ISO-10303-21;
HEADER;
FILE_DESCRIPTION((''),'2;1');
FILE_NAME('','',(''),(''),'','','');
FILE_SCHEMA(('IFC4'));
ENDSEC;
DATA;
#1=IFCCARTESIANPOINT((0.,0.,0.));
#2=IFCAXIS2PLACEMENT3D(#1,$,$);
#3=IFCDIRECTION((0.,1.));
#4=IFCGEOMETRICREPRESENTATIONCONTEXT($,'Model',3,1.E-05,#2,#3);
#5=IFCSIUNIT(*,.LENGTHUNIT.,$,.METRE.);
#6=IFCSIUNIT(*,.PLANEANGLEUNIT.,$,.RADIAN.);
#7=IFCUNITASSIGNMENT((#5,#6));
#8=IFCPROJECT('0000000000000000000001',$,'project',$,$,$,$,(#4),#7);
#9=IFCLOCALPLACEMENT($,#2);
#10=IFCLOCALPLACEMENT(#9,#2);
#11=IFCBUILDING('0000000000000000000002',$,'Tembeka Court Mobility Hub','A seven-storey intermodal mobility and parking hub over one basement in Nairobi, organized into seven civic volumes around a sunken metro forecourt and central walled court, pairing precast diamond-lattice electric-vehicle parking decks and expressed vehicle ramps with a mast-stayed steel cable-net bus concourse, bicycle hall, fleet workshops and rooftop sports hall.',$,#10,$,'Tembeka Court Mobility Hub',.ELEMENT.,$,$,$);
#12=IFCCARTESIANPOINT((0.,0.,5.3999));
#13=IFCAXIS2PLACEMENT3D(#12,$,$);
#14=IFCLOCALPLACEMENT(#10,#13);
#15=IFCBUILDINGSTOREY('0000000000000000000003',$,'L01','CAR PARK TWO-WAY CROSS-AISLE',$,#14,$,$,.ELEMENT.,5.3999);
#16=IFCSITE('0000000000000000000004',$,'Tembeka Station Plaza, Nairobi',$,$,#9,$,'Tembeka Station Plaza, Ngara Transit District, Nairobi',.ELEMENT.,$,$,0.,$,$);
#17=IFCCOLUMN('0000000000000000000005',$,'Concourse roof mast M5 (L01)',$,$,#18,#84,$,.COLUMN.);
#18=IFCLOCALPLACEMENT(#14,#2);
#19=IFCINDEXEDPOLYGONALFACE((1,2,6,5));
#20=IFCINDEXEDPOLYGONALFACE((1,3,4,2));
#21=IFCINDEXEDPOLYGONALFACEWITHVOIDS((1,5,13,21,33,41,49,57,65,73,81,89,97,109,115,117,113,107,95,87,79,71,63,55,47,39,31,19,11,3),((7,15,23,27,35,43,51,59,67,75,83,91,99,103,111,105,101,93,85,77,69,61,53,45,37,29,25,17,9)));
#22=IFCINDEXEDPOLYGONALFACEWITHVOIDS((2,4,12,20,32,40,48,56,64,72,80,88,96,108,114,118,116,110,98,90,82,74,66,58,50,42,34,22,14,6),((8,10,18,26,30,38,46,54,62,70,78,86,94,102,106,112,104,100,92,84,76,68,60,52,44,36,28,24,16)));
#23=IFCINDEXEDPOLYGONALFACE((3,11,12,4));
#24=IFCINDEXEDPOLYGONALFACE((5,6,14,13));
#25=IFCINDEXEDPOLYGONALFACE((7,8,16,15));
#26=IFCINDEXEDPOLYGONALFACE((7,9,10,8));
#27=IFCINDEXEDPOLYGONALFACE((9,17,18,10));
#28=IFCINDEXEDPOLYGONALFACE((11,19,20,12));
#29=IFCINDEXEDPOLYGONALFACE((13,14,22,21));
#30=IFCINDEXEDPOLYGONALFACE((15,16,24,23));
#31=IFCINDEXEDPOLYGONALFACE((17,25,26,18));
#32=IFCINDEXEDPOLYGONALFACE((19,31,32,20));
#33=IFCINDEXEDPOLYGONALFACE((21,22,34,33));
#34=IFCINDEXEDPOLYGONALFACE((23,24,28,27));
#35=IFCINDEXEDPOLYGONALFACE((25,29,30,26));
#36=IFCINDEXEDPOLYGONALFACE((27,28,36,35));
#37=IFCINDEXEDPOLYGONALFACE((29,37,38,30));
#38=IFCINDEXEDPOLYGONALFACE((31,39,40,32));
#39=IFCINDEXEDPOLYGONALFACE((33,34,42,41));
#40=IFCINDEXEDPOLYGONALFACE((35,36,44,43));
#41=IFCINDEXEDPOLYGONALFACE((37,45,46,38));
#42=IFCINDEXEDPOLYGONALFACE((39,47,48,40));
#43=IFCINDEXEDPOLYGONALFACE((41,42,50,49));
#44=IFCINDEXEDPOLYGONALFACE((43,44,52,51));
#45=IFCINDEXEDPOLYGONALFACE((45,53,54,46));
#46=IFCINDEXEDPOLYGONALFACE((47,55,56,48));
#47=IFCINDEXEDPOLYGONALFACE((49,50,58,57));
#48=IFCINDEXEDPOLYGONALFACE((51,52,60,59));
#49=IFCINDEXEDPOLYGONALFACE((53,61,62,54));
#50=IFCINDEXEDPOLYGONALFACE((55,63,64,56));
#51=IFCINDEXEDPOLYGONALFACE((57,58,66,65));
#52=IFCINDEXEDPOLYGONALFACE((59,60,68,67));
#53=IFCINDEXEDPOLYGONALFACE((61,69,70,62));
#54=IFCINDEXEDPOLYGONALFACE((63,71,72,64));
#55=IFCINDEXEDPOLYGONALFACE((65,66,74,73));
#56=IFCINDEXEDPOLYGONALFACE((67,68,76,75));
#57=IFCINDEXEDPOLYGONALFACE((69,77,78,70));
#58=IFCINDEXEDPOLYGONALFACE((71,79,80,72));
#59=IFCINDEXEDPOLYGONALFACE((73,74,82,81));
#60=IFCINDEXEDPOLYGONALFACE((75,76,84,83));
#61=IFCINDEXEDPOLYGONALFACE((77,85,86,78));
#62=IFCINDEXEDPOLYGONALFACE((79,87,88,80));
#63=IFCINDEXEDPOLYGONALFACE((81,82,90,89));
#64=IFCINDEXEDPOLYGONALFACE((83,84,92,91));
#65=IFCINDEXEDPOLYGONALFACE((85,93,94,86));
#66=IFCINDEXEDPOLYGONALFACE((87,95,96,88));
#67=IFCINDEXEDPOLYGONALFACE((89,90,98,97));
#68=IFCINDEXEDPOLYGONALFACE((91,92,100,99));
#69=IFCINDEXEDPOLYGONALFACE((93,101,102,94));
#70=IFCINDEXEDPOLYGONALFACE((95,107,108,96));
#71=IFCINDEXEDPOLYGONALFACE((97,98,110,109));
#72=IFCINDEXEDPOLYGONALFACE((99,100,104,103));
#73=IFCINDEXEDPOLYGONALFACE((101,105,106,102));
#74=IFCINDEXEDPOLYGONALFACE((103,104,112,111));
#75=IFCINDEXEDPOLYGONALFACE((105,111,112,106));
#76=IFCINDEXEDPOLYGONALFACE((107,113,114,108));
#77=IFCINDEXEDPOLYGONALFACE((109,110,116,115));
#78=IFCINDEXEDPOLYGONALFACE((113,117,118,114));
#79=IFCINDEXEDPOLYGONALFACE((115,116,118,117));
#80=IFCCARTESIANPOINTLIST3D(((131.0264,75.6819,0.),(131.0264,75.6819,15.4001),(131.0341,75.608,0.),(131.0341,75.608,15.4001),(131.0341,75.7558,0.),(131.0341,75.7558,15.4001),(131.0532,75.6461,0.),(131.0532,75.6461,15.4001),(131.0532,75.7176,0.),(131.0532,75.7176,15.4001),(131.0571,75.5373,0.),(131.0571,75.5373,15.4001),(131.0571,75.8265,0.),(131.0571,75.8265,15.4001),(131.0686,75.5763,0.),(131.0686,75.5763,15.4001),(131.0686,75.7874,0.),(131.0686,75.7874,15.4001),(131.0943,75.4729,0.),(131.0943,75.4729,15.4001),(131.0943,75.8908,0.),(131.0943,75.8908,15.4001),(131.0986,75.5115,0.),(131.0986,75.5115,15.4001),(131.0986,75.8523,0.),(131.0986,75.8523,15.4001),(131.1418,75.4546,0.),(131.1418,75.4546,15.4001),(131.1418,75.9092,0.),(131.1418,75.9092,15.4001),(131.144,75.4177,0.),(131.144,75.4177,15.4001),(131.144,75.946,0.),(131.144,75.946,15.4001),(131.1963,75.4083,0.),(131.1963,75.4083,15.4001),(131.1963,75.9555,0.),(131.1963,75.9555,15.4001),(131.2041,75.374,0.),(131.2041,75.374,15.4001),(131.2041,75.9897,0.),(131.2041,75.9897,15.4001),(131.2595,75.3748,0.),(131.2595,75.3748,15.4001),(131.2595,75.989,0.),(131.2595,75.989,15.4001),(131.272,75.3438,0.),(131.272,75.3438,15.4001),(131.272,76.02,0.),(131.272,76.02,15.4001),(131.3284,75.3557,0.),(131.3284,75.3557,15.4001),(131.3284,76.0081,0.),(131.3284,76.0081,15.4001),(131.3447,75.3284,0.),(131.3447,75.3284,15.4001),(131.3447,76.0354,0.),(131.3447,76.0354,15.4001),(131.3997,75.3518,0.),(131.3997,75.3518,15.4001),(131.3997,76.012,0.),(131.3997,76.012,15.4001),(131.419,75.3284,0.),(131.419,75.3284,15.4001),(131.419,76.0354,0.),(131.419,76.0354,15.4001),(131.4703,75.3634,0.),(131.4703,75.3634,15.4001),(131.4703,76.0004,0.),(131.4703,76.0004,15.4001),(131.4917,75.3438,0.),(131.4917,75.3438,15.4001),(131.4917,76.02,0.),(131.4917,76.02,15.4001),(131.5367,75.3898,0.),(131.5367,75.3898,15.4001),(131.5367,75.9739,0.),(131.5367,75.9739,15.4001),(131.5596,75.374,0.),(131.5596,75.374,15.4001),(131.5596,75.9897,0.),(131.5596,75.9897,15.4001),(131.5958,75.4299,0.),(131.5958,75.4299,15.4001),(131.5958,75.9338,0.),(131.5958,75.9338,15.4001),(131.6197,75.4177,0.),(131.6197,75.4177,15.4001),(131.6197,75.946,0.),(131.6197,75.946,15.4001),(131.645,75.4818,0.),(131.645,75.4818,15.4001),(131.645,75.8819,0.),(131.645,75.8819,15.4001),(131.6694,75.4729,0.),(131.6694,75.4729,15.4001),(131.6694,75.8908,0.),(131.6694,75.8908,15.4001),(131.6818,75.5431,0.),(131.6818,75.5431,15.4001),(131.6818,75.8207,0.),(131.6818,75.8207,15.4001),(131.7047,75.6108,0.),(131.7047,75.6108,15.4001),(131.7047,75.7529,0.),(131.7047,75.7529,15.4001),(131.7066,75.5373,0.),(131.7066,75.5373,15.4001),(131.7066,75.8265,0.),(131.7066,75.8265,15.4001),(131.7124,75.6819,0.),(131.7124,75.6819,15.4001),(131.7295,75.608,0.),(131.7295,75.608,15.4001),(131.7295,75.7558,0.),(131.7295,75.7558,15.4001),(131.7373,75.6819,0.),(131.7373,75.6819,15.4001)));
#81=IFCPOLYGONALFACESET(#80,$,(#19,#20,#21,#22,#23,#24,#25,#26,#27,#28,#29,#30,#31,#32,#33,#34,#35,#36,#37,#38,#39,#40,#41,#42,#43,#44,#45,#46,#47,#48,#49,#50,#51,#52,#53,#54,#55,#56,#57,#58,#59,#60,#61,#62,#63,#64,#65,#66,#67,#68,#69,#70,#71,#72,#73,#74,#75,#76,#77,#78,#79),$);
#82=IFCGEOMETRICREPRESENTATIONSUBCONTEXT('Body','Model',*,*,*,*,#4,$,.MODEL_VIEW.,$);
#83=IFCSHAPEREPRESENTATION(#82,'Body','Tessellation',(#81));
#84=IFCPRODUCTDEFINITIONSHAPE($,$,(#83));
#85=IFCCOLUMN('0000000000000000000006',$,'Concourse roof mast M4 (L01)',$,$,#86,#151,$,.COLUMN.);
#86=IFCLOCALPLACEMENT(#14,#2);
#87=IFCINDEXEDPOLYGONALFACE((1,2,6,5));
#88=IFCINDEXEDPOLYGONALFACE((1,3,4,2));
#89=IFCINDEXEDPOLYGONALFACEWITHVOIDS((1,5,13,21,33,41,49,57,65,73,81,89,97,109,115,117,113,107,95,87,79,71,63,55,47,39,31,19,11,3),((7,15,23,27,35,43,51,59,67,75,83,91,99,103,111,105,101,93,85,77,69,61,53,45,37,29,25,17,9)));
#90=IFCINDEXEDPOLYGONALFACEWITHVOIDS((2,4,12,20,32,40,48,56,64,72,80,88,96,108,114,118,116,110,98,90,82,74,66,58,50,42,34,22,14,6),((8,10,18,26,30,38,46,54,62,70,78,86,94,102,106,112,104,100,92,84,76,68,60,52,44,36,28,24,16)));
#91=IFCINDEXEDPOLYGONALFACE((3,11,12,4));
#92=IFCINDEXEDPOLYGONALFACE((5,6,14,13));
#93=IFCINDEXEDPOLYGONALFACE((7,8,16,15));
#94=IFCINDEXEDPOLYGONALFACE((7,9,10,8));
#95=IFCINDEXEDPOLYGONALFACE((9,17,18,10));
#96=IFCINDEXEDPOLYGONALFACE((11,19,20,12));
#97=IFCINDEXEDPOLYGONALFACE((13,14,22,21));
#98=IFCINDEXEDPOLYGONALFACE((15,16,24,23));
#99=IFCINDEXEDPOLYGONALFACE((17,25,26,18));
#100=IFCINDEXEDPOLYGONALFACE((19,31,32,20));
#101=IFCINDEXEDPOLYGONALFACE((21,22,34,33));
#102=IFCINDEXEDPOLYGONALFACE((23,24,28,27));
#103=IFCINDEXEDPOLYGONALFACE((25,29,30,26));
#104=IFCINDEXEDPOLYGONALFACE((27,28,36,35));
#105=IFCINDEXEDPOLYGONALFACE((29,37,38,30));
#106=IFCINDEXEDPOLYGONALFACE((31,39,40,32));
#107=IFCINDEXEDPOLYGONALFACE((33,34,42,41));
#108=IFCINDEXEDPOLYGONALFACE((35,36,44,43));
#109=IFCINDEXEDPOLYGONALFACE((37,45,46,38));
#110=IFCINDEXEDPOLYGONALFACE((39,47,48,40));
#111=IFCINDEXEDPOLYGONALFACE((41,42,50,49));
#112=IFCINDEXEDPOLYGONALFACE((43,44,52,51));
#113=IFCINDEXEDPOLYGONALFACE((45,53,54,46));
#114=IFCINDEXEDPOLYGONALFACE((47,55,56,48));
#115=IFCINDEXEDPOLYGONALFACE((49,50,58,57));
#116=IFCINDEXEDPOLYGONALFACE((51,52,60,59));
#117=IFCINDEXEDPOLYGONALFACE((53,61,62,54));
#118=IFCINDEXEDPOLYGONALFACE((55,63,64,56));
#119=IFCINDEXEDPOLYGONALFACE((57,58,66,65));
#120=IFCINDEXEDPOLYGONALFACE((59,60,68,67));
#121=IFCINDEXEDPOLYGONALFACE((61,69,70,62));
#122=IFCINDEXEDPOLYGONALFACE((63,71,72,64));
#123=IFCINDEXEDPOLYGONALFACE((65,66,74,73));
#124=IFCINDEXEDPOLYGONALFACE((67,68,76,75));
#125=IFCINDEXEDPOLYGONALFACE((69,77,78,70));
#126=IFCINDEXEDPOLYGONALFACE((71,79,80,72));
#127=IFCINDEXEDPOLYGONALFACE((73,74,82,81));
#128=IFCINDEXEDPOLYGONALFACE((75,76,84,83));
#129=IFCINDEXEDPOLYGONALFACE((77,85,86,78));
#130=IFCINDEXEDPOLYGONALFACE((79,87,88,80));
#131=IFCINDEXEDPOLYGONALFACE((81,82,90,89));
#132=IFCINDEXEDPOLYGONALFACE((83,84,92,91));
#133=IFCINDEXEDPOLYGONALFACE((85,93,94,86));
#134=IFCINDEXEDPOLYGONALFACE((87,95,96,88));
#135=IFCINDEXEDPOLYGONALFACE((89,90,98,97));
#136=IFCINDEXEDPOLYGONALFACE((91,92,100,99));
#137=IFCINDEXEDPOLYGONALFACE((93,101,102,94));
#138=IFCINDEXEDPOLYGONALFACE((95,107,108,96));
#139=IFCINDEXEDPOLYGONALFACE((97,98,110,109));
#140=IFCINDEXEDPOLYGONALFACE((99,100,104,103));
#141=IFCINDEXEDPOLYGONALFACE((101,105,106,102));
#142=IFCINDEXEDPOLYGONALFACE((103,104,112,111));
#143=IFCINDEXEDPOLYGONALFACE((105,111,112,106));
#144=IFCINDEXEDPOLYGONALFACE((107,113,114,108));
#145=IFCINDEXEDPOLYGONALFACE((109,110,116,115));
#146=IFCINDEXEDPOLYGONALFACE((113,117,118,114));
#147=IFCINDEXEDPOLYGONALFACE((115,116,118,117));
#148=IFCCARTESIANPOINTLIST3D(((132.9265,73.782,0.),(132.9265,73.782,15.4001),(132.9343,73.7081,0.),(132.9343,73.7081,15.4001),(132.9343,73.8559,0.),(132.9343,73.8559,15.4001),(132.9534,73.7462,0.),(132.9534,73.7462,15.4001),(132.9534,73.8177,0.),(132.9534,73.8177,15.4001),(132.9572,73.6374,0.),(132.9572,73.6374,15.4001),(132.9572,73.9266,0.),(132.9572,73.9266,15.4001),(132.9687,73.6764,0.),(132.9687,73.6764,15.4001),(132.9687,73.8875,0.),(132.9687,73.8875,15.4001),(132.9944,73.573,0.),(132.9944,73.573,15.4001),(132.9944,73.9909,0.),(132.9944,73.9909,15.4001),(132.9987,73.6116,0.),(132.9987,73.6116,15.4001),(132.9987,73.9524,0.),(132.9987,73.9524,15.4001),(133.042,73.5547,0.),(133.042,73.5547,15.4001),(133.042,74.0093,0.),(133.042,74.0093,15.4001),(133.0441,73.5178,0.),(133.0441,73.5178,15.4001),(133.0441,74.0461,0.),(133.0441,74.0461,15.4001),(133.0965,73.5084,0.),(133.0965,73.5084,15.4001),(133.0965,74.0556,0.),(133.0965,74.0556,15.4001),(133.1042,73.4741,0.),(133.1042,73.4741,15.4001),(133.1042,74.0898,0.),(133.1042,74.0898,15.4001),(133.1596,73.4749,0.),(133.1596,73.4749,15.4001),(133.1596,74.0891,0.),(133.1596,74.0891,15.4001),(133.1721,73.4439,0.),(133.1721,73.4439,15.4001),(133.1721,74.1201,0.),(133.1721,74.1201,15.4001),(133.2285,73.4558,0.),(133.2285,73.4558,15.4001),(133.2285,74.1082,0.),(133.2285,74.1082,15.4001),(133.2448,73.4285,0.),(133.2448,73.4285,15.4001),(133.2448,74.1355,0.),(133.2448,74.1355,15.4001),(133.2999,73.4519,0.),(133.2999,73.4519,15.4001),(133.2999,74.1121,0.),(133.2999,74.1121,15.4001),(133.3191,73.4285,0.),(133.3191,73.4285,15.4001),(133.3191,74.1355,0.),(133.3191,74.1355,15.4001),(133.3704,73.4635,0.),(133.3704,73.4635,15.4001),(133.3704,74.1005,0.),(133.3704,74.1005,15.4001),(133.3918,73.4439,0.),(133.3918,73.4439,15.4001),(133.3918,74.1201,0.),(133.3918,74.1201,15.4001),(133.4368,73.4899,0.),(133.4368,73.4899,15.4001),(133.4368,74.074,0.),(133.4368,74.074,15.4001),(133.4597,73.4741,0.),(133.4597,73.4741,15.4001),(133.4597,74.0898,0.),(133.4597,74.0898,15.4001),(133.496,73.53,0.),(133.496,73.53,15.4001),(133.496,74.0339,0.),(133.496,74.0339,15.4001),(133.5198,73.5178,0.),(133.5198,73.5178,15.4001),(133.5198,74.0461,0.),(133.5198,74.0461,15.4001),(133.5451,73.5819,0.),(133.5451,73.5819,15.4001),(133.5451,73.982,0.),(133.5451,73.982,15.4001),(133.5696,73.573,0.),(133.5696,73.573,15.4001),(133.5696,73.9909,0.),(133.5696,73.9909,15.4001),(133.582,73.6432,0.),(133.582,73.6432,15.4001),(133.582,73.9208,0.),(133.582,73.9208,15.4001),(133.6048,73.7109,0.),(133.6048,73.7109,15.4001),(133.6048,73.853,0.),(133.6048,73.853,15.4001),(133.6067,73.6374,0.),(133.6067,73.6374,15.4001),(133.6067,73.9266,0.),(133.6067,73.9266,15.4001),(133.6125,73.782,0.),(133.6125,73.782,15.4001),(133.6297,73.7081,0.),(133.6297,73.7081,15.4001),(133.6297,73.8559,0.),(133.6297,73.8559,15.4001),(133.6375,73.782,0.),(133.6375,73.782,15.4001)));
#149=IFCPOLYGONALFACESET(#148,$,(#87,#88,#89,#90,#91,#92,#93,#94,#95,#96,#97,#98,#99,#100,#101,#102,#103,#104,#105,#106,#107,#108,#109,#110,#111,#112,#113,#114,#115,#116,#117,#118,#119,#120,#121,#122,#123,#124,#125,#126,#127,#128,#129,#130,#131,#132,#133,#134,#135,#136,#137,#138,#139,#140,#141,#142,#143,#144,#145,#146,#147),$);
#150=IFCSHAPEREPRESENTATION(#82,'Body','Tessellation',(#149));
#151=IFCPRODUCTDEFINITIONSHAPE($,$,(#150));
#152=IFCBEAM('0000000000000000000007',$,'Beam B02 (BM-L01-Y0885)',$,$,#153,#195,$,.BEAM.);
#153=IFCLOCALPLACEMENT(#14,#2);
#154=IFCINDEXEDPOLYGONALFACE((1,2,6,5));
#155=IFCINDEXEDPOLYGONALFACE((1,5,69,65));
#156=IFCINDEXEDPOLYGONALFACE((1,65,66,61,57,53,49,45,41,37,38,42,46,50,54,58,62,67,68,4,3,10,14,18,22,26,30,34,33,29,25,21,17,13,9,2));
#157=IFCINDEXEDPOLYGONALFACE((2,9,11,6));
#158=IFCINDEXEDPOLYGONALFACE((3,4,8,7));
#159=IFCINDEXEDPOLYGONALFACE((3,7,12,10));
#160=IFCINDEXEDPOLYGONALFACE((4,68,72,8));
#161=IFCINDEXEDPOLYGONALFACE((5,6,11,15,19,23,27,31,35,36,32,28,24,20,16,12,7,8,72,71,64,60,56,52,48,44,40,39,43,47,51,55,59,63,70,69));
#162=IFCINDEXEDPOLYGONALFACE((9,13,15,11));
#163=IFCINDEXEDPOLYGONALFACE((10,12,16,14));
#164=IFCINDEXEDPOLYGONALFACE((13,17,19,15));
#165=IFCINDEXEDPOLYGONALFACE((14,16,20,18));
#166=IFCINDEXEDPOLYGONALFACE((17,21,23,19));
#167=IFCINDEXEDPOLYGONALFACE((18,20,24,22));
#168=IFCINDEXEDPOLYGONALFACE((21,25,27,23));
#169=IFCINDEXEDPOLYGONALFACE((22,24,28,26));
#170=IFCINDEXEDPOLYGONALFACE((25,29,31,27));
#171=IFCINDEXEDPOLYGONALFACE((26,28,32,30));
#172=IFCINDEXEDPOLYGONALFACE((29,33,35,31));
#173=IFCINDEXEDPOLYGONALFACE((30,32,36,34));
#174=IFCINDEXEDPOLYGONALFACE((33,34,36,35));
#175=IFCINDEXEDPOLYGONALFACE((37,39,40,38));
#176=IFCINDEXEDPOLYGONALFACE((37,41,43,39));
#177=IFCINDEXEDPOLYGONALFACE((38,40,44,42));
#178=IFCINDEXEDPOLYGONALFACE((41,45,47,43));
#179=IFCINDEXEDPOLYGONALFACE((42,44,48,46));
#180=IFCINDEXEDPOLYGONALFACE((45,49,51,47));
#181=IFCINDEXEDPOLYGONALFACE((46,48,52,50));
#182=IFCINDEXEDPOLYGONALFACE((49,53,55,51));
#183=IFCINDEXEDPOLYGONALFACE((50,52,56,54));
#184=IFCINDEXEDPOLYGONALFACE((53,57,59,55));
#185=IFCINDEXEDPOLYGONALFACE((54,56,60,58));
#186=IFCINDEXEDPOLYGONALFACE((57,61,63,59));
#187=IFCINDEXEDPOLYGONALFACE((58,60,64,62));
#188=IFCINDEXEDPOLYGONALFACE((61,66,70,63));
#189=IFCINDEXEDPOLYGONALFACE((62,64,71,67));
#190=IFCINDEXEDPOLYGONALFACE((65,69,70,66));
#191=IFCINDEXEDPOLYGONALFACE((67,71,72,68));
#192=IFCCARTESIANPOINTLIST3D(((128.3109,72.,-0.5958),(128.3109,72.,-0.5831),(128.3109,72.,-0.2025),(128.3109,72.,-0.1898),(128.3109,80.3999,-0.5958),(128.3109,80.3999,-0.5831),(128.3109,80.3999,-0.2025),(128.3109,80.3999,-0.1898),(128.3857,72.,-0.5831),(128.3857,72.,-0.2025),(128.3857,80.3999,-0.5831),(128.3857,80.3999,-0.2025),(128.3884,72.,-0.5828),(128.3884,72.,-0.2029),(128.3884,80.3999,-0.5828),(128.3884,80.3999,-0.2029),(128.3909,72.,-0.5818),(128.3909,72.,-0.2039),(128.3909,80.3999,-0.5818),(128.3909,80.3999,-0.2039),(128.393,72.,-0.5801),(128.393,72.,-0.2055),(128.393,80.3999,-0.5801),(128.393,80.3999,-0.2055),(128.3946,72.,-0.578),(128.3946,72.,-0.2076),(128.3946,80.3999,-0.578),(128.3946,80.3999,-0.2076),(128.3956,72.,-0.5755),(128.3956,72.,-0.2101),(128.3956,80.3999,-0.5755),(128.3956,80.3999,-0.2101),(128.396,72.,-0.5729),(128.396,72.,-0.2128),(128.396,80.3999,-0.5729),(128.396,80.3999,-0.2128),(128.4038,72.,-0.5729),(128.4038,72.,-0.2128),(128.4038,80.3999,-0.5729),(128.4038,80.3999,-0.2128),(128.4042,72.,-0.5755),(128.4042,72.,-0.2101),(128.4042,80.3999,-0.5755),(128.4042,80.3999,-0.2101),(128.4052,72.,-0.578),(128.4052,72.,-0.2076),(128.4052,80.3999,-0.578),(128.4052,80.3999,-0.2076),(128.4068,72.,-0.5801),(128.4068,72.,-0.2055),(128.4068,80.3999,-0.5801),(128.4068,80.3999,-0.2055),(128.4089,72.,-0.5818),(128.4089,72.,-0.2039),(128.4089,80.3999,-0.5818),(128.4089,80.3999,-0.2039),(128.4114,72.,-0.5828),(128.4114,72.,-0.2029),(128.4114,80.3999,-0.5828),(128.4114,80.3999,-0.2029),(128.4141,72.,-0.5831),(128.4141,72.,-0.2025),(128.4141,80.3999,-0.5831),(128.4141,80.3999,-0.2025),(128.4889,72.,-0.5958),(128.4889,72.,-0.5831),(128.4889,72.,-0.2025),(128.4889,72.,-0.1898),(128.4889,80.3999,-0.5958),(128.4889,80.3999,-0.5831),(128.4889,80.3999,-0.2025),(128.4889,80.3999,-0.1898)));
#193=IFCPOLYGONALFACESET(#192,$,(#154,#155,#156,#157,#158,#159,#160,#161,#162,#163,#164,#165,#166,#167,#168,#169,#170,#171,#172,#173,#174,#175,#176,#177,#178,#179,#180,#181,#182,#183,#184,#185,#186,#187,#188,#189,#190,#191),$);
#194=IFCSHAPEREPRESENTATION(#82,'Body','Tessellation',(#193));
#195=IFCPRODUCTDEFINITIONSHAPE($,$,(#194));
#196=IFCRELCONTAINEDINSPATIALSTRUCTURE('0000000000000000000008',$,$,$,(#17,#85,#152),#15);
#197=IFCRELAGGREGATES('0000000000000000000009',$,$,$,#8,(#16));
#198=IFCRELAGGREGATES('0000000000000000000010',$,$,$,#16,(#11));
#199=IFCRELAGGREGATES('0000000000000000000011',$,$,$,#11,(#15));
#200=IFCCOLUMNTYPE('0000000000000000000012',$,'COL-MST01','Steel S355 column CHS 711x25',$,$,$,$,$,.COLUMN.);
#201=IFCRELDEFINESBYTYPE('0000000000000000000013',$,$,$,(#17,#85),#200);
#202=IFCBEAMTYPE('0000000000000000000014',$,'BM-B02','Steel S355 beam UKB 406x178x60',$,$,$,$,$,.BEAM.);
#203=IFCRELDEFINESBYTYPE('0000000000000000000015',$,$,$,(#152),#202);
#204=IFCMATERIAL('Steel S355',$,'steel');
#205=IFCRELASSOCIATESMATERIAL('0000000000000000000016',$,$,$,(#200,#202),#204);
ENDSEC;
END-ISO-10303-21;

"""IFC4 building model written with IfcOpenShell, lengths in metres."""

from ifc_helpers import new_model, si_unit, direction, frame, origin, origin_2d, place, context, subcontext, project, spatial, hollow_circle, i_section, extrude, material, material_profile, profile_set, type_object, element, save


model = new_model("IFC4")

# Units and contexts
model_context = context("Model", 3, precision=1e-05, world=origin(), true_north=direction((0.0, 1.0)))
body_context = subcontext(model_context, "Body", "Model", "MODEL_VIEW")
ifc_project = project(units=[si_unit("LENGTHUNIT", "METRE"), si_unit("PLANEANGLEUNIT", "RADIAN")], contexts=[model_context])

# Site, building, storey
site_placement = place(None, origin())
site = spatial("IfcSite", under=ifc_project, at=site_placement, Name="Tembeka Station Plaza, Nairobi", LongName="Tembeka Station Plaza, Ngara Transit District, Nairobi", CompositionType="ELEMENT", RefElevation=0.0)
building_placement = place(site_placement, origin())
building = spatial("IfcBuilding", under=site, at=building_placement, Name="Tembeka Court Mobility Hub", Description="A seven-storey intermodal mobility and parking hub over one basement in Nairobi, organized into seven civic volumes around a sunken metro forecourt and central walled court, pairing precast diamond-lattice electric-vehicle parking decks and expressed vehicle ramps with a mast-stayed steel cable-net bus concourse, bicycle hall, fleet workshops and rooftop sports hall.", LongName="Tembeka Court Mobility Hub", CompositionType="ELEMENT")
storey_placement = place(building_placement, frame((0.0, 0.0, 5.3999)))
storey = spatial("IfcBuildingStorey", under=building, at=storey_placement, Name="L01", Description="CAR PARK TWO-WAY CROSS-AISLE", CompositionType="ELEMENT", Elevation=5.3999)

# Columns
ifc_material_1 = material(Name="Steel S355", Category="steel")
ifc_material_profile_1 = material_profile(ifc_material_1, hollow_circle(Radius=0.3555, WallThickness=0.0249, at=origin_2d()), Name="CHS 711x25")
ifc_profile_set_1 = profile_set([ifc_material_profile_1], Name="Steel S355")
column_type = type_object("IfcColumnType", Name="COL-MST01", Description="Steel S355 column CHS 711x25", PredefinedType="COLUMN", material=ifc_profile_set_1)
for number, where, z_axis, x_axis, name in (
    (1, (131.3818, 75.6819, 0.0), (0.0, 0.0, 1.0), (1.0, 0.0, 0.0), "Concourse roof mast M5 (L01)"),
    (2, (133.282, 73.782, 0.0), (0.0, 0.0, 1.0), (1.0, 0.0, 0.0), "Concourse roof mast M4 (L01)"),
):
    element("IfcColumn", number, at=place(storey_placement, frame(where, z_axis=z_axis, x_axis=x_axis)), inside=storey, type_object=column_type, Name=name, PredefinedType="COLUMN", context=body_context, shape_type="SweptSolid", body=[
        extrude(hollow_circle(Radius=0.3555, WallThickness=0.0249, at=origin_2d()), origin(), (0.0, 0.0, 1.0), 15.4001),
    ])

# Beam
ifc_material_profile_2 = material_profile(ifc_material_1, i_section(OverallWidth=0.178, OverallDepth=0.406, WebThickness=0.0078, FlangeThickness=0.0127, FilletRadius=0.0103, at=origin_2d()), Name="UKB 406x178x60")
ifc_profile_set_2 = profile_set([ifc_material_profile_2], Name="Steel S355")
beam_type_1 = type_object("IfcBeamType", Name="BM-B02", Description="Steel S355 beam UKB 406x178x60", PredefinedType="BEAM", material=ifc_profile_set_2)
beam_1_placement = place(storey_placement, frame((128.3999, 72.0, -0.3928), z_axis=(0.0, 1.0, 0.0), x_axis=(-1.0, 0.0, 0.0)))
element("IfcBeam", 3, at=beam_1_placement, inside=storey, type_object=beam_type_1, Name="Beam B02 (BM-L01-Y0885)", PredefinedType="BEAM", context=body_context, shape_type="SweptSolid", body=[
    extrude(i_section(OverallWidth=0.178, OverallDepth=0.406, WebThickness=0.0078, FlangeThickness=0.0127, FilletRadius=0.0103, at=origin_2d()), origin(), (0.0, 0.0, 1.0), 8.3999),
])

save(model, "model.ifc")
